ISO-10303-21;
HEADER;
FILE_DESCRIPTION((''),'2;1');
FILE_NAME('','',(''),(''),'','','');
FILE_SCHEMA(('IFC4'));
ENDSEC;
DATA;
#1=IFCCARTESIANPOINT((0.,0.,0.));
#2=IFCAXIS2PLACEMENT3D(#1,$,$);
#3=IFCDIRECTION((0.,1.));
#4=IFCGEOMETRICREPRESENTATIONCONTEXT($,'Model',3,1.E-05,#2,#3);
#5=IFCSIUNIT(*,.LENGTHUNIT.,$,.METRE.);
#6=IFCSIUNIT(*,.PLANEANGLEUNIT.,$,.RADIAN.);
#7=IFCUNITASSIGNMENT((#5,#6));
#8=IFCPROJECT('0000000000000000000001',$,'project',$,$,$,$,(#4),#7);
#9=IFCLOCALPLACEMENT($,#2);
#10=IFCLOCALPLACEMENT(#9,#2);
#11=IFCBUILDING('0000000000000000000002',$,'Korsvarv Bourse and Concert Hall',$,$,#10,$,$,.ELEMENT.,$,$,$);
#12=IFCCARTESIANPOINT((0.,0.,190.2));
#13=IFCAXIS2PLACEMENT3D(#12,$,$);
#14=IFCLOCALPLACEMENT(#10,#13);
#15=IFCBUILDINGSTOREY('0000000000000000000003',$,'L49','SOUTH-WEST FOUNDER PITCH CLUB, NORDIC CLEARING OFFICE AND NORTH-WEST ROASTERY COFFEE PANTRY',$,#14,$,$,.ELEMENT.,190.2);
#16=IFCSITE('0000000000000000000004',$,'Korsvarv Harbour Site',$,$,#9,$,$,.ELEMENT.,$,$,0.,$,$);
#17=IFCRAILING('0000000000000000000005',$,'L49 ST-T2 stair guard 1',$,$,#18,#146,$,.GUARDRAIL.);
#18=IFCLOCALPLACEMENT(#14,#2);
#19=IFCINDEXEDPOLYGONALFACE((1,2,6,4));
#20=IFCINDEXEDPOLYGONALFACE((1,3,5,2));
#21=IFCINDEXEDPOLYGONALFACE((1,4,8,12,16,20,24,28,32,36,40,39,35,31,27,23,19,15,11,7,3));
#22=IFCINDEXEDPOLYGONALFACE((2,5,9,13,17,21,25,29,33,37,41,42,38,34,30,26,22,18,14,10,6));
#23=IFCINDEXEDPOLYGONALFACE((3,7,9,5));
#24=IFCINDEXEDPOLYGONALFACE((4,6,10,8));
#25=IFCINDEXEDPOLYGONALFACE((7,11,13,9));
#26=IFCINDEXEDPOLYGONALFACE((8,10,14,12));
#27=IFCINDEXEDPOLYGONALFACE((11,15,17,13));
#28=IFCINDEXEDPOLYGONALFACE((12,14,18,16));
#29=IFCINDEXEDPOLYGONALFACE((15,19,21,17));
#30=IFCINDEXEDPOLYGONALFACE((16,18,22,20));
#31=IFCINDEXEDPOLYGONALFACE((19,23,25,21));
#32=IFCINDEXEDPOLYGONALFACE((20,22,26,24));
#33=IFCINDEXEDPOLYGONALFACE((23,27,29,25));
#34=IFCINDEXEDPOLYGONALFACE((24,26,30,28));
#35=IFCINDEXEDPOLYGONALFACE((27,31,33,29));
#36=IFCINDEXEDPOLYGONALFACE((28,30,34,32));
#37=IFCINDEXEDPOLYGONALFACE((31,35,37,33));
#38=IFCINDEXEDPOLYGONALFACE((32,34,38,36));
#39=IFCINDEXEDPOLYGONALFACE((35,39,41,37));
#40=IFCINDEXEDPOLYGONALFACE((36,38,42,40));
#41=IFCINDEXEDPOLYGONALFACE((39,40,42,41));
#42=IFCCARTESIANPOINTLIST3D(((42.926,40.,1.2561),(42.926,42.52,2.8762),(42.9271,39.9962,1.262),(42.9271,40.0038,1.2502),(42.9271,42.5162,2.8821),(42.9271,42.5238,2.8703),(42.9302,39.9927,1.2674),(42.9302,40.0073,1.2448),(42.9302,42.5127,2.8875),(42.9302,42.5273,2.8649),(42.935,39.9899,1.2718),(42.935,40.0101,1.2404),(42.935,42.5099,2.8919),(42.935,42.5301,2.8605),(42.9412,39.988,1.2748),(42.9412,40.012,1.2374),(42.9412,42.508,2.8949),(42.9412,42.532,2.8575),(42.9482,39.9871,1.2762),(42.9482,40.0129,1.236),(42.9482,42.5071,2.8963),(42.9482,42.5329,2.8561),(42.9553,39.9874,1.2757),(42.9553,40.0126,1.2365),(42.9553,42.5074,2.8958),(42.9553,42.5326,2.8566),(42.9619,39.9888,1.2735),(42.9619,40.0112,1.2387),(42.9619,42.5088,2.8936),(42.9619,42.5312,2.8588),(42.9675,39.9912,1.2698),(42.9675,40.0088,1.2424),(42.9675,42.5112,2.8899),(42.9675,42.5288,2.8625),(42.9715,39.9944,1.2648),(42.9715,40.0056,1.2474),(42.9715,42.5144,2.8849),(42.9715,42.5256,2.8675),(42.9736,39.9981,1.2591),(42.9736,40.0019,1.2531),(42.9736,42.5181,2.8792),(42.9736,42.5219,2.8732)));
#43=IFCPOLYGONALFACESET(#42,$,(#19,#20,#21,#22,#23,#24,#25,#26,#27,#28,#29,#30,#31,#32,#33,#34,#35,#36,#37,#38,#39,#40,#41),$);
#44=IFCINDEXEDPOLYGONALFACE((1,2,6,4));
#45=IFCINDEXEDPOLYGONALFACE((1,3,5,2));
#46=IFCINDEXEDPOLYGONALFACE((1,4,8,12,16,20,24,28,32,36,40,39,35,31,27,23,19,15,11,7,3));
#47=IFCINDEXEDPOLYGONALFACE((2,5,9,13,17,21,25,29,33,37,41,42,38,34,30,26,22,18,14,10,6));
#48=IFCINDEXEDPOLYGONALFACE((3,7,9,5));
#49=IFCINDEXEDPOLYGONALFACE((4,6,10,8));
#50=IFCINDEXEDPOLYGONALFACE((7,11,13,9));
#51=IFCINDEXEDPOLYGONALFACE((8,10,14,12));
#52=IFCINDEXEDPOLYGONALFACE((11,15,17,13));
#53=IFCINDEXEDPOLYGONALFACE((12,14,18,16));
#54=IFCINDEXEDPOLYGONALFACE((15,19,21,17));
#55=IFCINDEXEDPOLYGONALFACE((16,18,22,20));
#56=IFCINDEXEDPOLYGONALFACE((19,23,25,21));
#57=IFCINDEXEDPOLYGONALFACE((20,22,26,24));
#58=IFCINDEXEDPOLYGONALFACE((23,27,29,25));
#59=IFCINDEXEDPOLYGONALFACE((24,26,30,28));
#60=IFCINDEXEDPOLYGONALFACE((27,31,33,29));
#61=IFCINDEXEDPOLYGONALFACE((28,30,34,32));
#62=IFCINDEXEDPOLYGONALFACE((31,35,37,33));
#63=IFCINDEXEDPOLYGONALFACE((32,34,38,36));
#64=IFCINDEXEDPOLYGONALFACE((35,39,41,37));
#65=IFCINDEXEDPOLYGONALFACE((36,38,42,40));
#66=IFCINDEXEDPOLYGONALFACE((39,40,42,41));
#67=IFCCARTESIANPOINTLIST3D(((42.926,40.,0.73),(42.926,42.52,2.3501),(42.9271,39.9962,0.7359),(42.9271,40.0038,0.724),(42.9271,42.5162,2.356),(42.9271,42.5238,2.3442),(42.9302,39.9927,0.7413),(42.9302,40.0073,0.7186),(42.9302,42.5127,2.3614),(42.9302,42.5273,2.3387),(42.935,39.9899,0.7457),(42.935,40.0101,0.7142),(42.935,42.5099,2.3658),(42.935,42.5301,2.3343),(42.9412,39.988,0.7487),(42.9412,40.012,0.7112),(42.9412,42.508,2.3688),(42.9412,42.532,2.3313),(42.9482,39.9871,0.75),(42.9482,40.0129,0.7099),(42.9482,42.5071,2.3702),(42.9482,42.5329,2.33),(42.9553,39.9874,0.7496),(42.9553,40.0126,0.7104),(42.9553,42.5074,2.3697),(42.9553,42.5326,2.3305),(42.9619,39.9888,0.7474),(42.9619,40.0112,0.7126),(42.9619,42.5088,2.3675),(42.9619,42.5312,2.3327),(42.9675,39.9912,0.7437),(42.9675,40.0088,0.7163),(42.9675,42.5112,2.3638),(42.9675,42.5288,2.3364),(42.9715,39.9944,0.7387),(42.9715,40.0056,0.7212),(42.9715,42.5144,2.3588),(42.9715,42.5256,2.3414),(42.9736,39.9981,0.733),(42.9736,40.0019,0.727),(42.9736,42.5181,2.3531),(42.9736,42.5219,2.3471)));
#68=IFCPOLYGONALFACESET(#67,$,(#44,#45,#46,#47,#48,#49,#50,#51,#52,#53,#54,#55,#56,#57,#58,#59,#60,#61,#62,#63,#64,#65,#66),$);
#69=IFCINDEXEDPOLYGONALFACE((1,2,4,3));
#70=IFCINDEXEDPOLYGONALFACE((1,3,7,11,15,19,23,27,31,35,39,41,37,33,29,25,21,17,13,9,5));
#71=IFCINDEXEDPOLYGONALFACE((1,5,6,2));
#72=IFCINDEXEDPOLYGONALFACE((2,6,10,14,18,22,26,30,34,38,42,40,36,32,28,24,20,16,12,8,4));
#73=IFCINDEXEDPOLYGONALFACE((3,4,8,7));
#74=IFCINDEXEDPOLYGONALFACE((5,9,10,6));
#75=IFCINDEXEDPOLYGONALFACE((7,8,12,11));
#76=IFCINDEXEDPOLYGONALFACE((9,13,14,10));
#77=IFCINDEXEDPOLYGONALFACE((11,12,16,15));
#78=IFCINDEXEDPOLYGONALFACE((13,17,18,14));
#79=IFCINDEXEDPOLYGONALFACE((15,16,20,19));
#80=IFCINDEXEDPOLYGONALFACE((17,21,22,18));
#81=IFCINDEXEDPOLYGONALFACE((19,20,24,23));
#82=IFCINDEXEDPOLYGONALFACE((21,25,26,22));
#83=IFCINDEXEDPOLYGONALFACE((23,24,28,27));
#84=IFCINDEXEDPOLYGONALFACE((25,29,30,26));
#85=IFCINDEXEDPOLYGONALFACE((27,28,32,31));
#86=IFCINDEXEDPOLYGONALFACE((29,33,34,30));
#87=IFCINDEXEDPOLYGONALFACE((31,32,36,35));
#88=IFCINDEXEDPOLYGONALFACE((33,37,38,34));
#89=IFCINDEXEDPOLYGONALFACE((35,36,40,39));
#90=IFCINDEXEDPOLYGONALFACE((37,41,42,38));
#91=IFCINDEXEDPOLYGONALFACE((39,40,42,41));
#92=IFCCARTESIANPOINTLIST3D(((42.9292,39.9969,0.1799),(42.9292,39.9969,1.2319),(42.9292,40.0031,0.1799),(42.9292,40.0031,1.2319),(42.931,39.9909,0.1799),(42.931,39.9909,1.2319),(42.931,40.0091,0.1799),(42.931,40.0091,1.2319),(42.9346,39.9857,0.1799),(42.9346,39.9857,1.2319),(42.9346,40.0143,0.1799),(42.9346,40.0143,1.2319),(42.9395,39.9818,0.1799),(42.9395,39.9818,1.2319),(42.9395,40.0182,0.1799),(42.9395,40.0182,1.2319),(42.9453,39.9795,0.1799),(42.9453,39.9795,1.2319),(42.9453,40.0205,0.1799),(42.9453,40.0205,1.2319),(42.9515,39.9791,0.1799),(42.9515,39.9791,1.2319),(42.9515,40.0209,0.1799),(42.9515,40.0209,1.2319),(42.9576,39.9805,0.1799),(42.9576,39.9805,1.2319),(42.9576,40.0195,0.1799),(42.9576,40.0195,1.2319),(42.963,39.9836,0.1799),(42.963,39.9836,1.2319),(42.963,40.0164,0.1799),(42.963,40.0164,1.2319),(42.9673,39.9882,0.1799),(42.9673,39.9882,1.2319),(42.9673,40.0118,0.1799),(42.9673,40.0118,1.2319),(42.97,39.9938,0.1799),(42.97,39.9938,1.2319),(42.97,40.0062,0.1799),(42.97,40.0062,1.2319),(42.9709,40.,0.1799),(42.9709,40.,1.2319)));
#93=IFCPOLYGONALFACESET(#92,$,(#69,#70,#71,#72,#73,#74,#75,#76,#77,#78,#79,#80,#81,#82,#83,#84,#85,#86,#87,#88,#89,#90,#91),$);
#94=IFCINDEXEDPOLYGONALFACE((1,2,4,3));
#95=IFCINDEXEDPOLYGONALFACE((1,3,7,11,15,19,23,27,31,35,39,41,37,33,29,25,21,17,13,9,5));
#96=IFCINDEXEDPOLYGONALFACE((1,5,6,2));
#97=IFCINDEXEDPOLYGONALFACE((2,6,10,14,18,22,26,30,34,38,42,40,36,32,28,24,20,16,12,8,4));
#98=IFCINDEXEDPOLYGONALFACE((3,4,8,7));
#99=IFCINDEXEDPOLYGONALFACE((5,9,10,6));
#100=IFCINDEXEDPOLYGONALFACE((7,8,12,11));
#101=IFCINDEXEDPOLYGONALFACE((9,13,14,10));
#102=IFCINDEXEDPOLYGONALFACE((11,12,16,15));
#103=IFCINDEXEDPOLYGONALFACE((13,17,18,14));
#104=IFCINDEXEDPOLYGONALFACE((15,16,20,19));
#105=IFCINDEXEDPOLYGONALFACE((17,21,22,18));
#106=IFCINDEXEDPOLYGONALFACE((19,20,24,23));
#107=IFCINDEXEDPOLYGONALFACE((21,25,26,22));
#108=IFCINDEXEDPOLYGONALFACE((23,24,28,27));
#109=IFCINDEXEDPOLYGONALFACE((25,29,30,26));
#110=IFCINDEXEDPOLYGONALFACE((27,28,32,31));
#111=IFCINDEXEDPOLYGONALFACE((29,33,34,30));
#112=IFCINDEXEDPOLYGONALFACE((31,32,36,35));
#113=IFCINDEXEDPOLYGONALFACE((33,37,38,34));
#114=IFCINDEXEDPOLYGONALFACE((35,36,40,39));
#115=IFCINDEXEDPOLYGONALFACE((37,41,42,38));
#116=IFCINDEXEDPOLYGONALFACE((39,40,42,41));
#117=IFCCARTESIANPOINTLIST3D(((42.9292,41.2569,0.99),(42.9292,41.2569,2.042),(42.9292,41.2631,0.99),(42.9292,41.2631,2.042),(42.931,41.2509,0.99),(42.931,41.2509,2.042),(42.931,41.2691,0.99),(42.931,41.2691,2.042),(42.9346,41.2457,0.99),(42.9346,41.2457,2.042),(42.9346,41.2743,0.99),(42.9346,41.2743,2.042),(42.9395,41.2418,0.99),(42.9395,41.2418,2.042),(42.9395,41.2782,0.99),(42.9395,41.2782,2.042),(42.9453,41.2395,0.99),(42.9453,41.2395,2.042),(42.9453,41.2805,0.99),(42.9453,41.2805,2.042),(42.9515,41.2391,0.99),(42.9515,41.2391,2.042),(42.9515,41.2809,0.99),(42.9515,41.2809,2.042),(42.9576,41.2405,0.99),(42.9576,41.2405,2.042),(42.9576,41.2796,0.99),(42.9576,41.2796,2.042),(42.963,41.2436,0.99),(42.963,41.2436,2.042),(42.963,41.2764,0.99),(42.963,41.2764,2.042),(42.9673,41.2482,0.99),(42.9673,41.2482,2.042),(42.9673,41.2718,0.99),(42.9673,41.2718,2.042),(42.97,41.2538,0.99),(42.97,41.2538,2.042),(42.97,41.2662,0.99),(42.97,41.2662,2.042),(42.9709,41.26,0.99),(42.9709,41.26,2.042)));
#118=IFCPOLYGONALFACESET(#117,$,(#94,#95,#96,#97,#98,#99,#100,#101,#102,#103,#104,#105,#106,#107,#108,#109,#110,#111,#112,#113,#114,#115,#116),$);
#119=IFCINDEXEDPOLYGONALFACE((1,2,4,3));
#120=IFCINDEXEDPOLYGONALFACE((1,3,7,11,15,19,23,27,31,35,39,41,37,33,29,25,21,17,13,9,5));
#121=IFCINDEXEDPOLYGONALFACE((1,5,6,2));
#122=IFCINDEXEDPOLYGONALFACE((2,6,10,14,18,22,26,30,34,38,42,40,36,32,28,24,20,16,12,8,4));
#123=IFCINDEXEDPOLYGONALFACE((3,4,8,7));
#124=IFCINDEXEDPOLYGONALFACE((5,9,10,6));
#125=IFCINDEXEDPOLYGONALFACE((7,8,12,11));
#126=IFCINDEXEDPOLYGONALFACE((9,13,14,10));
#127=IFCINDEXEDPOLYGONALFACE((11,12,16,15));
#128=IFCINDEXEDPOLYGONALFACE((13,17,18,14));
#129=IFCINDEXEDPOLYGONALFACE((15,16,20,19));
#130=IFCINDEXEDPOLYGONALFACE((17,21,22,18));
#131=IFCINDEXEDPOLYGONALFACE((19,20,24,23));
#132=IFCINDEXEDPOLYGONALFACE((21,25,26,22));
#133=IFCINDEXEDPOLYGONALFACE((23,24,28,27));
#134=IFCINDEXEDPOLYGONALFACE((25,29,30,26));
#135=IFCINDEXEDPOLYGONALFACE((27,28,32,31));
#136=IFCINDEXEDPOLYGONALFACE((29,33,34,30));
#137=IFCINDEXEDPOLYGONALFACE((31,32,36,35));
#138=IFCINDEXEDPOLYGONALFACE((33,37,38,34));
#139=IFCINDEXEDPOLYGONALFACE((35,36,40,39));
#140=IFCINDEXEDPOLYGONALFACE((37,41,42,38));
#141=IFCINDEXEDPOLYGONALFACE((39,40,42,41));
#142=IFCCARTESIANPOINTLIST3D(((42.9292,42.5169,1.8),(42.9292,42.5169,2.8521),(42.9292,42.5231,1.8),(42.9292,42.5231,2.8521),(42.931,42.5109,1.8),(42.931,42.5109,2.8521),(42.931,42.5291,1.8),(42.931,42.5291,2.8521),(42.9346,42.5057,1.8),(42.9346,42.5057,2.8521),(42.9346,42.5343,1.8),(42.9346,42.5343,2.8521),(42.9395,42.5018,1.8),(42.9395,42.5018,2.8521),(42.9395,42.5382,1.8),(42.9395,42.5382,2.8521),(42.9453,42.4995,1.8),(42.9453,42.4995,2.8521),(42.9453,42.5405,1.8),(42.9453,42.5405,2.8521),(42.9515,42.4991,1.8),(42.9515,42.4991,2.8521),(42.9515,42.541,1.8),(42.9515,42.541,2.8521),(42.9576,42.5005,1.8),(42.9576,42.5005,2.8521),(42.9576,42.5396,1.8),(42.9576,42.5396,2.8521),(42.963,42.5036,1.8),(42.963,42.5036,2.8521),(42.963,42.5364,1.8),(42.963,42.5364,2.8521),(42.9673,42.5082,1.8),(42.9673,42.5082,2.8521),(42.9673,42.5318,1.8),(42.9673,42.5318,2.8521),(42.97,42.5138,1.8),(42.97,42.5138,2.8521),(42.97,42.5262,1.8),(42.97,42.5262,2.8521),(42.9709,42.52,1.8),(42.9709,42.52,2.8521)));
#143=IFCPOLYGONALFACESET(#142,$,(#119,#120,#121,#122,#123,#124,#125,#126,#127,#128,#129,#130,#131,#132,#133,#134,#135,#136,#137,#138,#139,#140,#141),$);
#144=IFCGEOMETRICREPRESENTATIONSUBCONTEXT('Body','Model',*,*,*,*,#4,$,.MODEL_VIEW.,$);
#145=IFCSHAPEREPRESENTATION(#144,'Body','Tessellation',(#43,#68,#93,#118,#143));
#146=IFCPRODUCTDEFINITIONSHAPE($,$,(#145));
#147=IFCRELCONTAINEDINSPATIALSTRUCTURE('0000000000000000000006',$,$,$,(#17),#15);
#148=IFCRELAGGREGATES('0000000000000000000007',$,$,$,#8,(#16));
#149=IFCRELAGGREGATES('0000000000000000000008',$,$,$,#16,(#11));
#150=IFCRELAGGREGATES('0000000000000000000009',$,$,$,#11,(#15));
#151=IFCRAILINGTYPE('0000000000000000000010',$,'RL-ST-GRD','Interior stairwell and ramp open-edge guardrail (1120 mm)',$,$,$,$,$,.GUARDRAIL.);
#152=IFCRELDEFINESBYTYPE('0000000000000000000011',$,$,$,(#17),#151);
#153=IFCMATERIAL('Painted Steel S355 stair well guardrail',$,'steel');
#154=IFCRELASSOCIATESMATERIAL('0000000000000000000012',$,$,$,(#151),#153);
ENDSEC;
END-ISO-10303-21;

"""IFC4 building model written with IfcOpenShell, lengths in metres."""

from ifc_helpers import new_model, si_unit, direction, frame, origin, origin_2d, place, context, subcontext, project, spatial, circle, extrude, material, type_object, element, save


model = new_model("IFC4")

# Units and contexts
model_context = context("Model", 3, precision=1e-05, world=origin(), true_north=direction((0.0, 1.0)))
body_context = subcontext(model_context, "Body", "Model", "MODEL_VIEW")
ifc_project = project(units=[si_unit("LENGTHUNIT", "METRE"), si_unit("PLANEANGLEUNIT", "RADIAN")], contexts=[model_context])

# Site, building, storey
site_placement = place(None, origin())
site = spatial("IfcSite", under=ifc_project, at=site_placement, Name="Korsvarv Harbour Site", CompositionType="ELEMENT", RefElevation=0.0)
building_placement = place(site_placement, origin())
building = spatial("IfcBuilding", under=site, at=building_placement, Name="Korsvarv Bourse and Concert Hall", CompositionType="ELEMENT")
storey_placement = place(building_placement, frame((0.0, 0.0, 190.2)))
storey = spatial("IfcBuildingStorey", under=building, at=storey_placement, Name="L49", Description="SOUTH-WEST FOUNDER PITCH CLUB, NORDIC CLEARING OFFICE AND NORTH-WEST ROASTERY COFFEE PANTRY", CompositionType="ELEMENT", Elevation=190.2)

# Railing
ifc_material_1 = material(Name="Painted Steel S355 stair well guardrail", Category="steel")
railing_type_1 = type_object("IfcRailingType", Name="RL-ST-GRD", Description="Interior stairwell and ramp open-edge guardrail (1120 mm)", PredefinedType="GUARDRAIL", material=ifc_material_1)
railing_1_placement = place(storey_placement, frame((42.95, 40.0, 0.1799)))
element("IfcRailing", 1, at=railing_1_placement, inside=storey, type_object=railing_type_1, Name="L49 ST-T2 stair guard 1", PredefinedType="GUARDRAIL", context=body_context, shape_type="SweptSolid", body=[
    extrude(circle(Radius=0.0239, at=origin_2d()), frame((0.0, 0.0, 1.0762), z_axis=(0.0, 0.841163, 0.540782), x_axis=(-1.0, 0.0, 0.0)), (0.0, 0.0, 1.0), 2.9958),
    extrude(circle(Radius=0.0239, at=origin_2d()), frame((0.0, 0.0, 0.55), z_axis=(0.0, 0.841163, 0.540782), x_axis=(-1.0, 0.0, 0.0)), (0.0, 0.0, 1.0), 2.9958),
    extrude(circle(Radius=0.021, at=origin_2d()), origin(), (0.0, 0.0, 1.0), 1.052),
    extrude(circle(Radius=0.021, at=origin_2d()), frame((0.0, 1.26, 0.8101)), (0.0, 0.0, 1.0), 1.052),
    extrude(circle(Radius=0.021, at=origin_2d()), frame((0.0, 2.52, 1.6201)), (0.0, 0.0, 1.0), 1.052),
])

save(model, "model.ifc")
